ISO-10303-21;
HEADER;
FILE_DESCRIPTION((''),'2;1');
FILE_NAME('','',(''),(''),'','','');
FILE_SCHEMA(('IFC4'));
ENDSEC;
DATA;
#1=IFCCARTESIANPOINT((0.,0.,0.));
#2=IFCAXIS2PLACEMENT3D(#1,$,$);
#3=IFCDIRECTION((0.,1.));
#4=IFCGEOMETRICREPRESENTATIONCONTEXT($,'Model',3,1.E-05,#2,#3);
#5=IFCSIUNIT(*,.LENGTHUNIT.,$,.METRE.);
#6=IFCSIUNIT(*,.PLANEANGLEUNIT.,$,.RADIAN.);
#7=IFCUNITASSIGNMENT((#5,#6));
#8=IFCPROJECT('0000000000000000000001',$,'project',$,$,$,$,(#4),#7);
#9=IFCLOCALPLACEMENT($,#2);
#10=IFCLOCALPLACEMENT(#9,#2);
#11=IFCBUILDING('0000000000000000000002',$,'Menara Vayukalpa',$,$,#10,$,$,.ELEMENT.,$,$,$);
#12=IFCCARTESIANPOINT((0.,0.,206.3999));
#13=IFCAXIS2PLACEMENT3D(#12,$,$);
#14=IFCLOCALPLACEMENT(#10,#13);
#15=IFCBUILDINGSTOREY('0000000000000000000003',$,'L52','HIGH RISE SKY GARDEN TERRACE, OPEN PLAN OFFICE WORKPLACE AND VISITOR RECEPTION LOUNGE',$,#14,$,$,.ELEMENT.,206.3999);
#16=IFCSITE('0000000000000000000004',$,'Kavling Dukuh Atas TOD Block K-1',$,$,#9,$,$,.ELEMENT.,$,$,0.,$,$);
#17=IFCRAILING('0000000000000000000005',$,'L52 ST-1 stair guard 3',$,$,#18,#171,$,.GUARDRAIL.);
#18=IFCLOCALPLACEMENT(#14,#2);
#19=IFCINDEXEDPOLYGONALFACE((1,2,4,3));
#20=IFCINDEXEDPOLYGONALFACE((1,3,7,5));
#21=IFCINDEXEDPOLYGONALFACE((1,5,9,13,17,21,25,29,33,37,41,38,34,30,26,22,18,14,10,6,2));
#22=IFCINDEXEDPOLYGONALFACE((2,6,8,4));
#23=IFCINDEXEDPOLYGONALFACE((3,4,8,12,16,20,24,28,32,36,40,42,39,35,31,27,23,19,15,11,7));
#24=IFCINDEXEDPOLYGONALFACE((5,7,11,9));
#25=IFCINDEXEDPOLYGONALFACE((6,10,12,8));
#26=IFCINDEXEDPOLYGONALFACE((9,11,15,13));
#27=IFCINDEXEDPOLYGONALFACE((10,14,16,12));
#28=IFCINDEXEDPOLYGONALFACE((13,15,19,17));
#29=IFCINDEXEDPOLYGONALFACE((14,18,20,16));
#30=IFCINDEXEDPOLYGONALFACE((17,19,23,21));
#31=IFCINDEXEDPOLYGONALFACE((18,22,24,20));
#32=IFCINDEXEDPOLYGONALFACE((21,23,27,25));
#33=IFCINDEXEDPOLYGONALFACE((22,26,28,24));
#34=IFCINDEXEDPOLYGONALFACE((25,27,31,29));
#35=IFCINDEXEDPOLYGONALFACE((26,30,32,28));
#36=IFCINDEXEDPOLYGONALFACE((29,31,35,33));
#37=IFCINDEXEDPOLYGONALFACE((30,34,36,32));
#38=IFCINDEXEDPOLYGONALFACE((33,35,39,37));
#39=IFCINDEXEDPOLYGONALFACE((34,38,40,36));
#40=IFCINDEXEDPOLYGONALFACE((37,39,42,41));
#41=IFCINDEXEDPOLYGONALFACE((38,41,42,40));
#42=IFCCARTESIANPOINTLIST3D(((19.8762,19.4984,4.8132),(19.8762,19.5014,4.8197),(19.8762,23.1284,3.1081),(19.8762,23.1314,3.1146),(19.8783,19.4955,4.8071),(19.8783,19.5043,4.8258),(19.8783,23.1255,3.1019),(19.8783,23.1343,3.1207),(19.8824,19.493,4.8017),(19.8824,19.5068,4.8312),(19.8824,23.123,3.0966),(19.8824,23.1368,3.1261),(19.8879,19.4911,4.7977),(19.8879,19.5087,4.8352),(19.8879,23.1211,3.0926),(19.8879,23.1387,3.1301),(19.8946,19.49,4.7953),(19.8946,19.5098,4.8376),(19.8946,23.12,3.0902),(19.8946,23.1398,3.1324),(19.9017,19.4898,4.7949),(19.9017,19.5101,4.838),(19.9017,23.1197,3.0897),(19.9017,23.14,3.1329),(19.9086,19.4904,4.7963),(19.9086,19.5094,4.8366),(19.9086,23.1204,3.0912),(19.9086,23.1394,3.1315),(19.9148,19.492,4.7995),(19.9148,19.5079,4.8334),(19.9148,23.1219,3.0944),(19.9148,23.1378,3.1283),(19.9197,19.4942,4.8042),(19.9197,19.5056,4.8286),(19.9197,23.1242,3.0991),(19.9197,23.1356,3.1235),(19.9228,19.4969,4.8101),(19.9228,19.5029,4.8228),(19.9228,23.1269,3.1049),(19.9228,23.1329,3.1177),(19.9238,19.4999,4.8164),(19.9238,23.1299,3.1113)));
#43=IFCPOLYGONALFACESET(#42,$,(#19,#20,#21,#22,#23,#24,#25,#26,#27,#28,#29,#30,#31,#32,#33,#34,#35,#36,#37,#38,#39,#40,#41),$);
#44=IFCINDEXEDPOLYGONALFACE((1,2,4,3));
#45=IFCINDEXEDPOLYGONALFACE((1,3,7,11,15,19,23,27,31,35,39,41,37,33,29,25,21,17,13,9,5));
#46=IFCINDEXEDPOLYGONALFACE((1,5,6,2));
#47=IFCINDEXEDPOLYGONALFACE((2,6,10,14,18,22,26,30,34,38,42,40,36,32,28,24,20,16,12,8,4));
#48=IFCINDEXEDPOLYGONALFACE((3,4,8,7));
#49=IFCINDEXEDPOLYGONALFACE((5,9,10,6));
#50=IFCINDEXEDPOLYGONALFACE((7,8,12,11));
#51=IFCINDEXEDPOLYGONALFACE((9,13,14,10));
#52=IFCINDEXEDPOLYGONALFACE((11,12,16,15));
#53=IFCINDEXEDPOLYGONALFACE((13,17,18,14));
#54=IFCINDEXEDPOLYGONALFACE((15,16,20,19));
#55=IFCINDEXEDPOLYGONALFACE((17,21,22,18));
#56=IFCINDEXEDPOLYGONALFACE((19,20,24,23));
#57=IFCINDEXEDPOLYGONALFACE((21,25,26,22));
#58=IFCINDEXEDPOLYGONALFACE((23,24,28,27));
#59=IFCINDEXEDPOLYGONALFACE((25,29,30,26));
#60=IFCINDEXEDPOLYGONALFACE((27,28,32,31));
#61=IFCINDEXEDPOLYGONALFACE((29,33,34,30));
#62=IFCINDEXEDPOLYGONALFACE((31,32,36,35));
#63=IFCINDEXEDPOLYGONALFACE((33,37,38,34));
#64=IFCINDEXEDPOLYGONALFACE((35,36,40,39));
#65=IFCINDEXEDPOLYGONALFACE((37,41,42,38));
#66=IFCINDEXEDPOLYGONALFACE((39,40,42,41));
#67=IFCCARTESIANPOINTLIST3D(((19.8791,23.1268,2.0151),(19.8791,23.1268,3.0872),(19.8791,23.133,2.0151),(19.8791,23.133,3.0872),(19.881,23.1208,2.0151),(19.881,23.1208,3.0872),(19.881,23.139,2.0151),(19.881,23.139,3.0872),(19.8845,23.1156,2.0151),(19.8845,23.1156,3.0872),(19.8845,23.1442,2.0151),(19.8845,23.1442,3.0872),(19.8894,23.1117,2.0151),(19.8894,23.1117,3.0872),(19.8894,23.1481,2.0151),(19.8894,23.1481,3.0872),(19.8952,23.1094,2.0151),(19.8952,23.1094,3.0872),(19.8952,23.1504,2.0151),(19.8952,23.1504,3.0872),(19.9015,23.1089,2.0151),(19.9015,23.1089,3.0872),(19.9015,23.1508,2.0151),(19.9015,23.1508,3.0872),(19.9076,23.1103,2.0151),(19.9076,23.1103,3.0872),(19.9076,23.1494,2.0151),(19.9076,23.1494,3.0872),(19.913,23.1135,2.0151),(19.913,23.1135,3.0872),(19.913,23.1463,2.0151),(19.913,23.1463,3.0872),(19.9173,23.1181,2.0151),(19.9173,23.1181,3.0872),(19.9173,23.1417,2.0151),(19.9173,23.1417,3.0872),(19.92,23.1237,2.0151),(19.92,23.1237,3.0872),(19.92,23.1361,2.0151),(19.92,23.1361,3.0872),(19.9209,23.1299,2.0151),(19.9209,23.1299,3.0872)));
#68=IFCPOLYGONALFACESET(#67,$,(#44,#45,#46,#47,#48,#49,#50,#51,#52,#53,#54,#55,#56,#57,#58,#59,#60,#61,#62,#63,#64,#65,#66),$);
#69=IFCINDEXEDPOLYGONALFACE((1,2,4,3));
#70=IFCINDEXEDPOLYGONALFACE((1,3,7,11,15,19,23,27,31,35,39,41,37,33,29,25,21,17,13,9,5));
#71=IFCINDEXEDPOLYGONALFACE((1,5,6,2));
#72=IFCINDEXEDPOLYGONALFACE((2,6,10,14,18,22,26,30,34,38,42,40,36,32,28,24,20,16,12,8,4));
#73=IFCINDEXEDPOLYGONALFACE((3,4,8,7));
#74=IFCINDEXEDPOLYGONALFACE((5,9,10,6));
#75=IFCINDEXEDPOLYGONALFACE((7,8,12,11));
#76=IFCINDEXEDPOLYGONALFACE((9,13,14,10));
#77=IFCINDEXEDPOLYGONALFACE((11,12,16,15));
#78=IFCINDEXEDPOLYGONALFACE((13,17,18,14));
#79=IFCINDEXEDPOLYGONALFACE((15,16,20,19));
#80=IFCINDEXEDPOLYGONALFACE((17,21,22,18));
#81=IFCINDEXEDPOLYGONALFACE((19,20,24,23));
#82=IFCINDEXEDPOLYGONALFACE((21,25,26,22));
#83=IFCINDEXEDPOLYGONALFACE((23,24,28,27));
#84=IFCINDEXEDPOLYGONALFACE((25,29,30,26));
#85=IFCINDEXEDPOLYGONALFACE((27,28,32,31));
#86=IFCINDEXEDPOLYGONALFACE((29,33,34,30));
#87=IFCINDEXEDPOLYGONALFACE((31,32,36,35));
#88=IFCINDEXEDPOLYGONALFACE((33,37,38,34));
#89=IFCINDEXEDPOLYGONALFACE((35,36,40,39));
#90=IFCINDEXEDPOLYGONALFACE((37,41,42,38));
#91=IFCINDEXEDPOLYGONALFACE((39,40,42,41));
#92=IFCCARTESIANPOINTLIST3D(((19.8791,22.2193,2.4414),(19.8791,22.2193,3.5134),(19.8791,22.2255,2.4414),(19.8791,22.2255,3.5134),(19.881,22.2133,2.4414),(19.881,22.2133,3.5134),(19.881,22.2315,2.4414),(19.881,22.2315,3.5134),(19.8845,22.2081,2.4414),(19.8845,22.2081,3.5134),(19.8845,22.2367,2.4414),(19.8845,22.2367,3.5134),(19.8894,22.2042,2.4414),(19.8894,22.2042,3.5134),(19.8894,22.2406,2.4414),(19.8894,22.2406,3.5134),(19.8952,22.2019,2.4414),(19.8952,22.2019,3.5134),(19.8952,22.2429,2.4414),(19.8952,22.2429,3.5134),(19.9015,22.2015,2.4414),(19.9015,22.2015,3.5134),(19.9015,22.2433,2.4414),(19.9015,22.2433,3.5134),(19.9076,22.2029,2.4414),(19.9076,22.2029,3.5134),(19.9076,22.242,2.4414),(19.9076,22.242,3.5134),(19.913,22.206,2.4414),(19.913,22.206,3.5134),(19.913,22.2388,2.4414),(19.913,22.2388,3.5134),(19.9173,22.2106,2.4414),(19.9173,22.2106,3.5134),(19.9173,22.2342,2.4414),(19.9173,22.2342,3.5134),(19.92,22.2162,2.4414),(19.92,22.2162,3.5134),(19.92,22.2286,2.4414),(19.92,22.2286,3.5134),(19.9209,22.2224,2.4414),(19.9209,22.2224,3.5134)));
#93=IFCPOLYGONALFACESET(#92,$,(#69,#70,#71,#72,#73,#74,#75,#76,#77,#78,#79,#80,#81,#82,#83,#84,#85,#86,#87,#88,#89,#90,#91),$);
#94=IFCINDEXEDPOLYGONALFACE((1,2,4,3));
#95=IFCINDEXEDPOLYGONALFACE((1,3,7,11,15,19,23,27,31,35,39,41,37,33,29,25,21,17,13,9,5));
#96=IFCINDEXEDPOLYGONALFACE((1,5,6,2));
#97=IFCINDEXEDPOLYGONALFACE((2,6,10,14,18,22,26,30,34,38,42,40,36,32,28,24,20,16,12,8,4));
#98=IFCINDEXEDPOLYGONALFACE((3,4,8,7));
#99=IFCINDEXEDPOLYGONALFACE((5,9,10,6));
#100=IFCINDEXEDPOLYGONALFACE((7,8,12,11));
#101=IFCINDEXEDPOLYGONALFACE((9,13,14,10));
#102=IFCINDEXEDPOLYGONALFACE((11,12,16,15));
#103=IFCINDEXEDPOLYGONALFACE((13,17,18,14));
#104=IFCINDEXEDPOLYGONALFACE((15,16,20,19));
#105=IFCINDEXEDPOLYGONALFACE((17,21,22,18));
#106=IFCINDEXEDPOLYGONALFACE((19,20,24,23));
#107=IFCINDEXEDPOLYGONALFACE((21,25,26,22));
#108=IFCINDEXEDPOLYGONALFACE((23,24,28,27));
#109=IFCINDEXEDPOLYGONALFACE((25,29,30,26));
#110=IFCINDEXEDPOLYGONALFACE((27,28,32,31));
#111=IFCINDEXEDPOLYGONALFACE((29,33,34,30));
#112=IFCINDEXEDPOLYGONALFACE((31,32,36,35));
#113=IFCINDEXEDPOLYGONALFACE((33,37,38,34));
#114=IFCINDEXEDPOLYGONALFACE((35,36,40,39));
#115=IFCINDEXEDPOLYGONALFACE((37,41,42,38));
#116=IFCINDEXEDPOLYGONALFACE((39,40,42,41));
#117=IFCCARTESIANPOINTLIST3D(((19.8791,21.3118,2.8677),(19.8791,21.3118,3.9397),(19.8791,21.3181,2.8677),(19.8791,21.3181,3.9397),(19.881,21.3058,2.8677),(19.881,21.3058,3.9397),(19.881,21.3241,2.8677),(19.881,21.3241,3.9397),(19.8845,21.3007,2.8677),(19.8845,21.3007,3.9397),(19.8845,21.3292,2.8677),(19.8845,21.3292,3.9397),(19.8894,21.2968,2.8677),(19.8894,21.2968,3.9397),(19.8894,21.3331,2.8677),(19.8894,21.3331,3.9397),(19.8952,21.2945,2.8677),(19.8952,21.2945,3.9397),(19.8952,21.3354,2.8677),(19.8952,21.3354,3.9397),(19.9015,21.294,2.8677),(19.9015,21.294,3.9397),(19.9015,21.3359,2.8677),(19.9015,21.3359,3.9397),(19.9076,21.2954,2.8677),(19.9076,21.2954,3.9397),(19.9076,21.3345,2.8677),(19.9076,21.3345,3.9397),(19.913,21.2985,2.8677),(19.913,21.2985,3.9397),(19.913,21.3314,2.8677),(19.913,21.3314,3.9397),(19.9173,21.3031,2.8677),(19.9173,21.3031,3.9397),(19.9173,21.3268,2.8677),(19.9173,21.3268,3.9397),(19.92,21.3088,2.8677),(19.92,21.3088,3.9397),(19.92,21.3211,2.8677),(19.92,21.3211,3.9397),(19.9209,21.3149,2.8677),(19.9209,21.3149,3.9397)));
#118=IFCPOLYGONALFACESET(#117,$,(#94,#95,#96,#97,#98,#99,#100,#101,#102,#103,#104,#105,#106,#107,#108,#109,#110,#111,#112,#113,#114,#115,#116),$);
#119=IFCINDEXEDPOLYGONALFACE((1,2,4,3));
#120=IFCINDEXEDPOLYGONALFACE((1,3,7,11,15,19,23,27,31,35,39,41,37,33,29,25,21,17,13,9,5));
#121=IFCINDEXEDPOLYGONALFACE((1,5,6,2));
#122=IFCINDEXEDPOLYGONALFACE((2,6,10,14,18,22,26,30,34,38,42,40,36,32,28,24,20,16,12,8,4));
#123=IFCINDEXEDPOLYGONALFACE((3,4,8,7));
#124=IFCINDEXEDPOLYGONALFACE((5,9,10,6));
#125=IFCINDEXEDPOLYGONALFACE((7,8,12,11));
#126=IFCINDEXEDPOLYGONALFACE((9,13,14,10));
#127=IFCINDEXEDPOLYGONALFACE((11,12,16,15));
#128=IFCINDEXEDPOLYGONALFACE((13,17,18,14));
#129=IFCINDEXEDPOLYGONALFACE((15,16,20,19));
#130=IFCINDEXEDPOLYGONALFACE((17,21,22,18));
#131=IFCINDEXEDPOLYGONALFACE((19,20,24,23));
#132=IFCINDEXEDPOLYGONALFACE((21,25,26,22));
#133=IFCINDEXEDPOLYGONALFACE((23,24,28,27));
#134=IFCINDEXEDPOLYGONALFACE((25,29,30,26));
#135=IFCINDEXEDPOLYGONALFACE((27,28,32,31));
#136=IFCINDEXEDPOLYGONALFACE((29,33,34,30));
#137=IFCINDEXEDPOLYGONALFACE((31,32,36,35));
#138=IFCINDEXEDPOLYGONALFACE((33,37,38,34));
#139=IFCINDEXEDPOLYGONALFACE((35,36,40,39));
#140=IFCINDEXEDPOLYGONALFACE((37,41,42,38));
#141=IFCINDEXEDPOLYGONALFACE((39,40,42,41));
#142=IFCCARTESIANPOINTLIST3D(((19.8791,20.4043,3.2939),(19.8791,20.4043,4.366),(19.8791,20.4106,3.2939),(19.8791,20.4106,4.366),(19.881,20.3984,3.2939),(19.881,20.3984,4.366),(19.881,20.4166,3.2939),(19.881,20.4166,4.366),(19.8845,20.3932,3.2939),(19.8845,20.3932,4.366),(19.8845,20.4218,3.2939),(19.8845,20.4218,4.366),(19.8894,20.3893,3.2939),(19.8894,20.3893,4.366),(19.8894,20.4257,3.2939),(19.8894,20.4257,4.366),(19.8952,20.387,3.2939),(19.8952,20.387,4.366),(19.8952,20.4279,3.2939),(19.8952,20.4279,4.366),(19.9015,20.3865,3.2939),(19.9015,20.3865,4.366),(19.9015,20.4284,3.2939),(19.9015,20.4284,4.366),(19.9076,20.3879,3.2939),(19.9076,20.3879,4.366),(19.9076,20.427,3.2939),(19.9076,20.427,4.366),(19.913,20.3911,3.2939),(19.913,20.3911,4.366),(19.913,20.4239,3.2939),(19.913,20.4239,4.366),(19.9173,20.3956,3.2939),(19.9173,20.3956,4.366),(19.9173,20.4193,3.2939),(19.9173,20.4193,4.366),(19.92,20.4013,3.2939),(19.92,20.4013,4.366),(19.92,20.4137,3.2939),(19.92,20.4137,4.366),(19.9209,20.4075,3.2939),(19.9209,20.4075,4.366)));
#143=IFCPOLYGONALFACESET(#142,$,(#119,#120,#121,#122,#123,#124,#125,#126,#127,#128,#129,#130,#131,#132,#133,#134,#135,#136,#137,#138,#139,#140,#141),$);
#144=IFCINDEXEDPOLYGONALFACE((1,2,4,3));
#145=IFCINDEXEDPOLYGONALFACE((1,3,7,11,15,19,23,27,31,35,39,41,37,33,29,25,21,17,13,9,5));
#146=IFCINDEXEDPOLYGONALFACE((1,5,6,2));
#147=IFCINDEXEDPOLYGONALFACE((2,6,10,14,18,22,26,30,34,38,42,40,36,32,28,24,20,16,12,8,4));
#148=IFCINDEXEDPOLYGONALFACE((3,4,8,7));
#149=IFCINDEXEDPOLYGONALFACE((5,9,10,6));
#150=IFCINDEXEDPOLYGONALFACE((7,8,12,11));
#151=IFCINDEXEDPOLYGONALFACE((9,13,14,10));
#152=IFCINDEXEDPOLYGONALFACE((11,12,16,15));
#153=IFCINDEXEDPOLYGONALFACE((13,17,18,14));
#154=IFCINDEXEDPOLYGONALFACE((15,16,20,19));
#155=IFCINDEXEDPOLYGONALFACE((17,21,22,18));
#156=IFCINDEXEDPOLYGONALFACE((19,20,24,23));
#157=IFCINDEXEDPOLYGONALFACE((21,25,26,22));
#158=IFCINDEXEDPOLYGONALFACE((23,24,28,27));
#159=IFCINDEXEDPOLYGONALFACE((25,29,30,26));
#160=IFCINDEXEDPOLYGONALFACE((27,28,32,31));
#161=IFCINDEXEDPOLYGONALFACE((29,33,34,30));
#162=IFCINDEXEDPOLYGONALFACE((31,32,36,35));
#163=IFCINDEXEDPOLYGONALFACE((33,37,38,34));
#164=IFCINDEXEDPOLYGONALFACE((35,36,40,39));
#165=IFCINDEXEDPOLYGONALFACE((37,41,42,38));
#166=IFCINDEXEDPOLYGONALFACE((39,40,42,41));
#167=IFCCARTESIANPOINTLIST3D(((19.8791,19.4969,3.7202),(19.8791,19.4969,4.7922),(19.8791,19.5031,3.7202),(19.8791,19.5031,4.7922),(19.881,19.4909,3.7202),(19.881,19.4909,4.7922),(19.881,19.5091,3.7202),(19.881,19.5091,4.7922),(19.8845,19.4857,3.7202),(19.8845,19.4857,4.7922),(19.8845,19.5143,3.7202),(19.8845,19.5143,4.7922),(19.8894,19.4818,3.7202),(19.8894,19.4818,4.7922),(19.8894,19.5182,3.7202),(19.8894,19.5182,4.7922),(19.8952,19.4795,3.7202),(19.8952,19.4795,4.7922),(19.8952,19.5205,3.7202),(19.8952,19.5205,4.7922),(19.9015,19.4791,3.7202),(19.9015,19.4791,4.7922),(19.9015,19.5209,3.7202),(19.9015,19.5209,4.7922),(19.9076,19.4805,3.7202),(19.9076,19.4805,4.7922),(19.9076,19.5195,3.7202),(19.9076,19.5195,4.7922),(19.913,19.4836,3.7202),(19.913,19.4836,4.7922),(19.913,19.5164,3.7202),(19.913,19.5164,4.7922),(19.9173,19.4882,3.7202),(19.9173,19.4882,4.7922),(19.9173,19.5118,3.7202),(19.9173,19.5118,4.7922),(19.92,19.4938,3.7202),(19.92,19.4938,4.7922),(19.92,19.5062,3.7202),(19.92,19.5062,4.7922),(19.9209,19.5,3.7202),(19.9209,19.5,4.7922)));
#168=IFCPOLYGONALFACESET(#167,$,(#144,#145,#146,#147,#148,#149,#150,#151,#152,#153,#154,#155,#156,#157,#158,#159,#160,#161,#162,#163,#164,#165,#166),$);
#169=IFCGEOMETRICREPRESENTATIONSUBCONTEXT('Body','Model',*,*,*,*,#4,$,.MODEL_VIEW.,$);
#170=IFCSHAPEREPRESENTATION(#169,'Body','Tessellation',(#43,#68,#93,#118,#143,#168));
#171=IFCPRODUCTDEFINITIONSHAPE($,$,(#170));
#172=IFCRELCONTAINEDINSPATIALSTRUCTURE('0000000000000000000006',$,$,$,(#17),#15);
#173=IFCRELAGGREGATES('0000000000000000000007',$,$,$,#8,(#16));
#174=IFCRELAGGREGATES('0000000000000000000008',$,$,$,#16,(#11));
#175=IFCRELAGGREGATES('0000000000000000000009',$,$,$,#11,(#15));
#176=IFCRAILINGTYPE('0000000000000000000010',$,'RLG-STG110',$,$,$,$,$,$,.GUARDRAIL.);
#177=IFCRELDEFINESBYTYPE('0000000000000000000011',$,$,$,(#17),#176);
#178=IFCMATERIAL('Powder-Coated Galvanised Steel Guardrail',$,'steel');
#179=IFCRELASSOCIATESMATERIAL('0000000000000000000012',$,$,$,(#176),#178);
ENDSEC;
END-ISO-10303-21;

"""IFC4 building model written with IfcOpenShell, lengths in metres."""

from ifc_helpers import new_model, si_unit, direction, frame, origin, origin_2d, place, context, subcontext, project, spatial, circle, extrude, material, type_object, element, save


model = new_model("IFC4")

# Units and contexts
model_context = context("Model", 3, precision=1e-05, world=origin(), true_north=direction((0.0, 1.0)))
body_context = subcontext(model_context, "Body", "Model", "MODEL_VIEW")
ifc_project = project(units=[si_unit("LENGTHUNIT", "METRE"), si_unit("PLANEANGLEUNIT", "RADIAN")], contexts=[model_context])

# Site, building, storey
site_placement = place(None, origin())
site = spatial("IfcSite", under=ifc_project, at=site_placement, Name="Kavling Dukuh Atas TOD Block K-1", CompositionType="ELEMENT", RefElevation=0.0)
building_placement = place(site_placement, origin())
building = spatial("IfcBuilding", under=site, at=building_placement, Name="Menara Vayukalpa", CompositionType="ELEMENT")
storey_placement = place(building_placement, frame((0.0, 0.0, 206.3999)))
storey = spatial("IfcBuildingStorey", under=building, at=storey_placement, Name="L52", Description="HIGH RISE SKY GARDEN TERRACE, OPEN PLAN OFFICE WORKPLACE AND VISITOR RECEPTION LOUNGE", CompositionType="ELEMENT", Elevation=206.3999)

# Railing
ifc_material_1 = material(Name="Powder-Coated Galvanised Steel Guardrail", Category="steel")
railing_type_1 = type_object("IfcRailingType", Name="RLG-STG110", PredefinedType="GUARDRAIL", material=ifc_material_1)
railing_1_placement = place(storey_placement, frame((19.8999, 23.1299, 2.0151)))
element("IfcRailing", 1, at=railing_1_placement, inside=storey, type_object=railing_type_1, Name="L52 ST-1 stair guard 3", PredefinedType="GUARDRAIL", context=body_context, shape_type="SweptSolid", body=[
    extrude(circle(Radius=0.0239, at=origin_2d()), frame((0.0, 0.0, 1.0962), z_axis=(0.0, -0.905116, 0.425164), x_axis=(1.0, 0.0, 0.0)), (0.0, 0.0, 1.0), 4.0105),
    extrude(circle(Radius=0.021, at=origin_2d()), origin(), (0.0, 0.0, 1.0), 1.072),
    extrude(circle(Radius=0.021, at=origin_2d()), frame((0.0, -0.9075, 0.4263)), (0.0, 0.0, 1.0), 1.072),
    extrude(circle(Radius=0.021, at=origin_2d()), frame((0.0, -1.8149, 0.8525)), (0.0, 0.0, 1.0), 1.072),
    extrude(circle(Radius=0.021, at=origin_2d()), frame((0.0, -2.7224, 1.2788)), (0.0, 0.0, 1.0), 1.072),
    extrude(circle(Radius=0.021, at=origin_2d()), frame((0.0, -3.6299, 1.7051)), (0.0, 0.0, 1.0), 1.072),
])

save(model, "model.ifc")
